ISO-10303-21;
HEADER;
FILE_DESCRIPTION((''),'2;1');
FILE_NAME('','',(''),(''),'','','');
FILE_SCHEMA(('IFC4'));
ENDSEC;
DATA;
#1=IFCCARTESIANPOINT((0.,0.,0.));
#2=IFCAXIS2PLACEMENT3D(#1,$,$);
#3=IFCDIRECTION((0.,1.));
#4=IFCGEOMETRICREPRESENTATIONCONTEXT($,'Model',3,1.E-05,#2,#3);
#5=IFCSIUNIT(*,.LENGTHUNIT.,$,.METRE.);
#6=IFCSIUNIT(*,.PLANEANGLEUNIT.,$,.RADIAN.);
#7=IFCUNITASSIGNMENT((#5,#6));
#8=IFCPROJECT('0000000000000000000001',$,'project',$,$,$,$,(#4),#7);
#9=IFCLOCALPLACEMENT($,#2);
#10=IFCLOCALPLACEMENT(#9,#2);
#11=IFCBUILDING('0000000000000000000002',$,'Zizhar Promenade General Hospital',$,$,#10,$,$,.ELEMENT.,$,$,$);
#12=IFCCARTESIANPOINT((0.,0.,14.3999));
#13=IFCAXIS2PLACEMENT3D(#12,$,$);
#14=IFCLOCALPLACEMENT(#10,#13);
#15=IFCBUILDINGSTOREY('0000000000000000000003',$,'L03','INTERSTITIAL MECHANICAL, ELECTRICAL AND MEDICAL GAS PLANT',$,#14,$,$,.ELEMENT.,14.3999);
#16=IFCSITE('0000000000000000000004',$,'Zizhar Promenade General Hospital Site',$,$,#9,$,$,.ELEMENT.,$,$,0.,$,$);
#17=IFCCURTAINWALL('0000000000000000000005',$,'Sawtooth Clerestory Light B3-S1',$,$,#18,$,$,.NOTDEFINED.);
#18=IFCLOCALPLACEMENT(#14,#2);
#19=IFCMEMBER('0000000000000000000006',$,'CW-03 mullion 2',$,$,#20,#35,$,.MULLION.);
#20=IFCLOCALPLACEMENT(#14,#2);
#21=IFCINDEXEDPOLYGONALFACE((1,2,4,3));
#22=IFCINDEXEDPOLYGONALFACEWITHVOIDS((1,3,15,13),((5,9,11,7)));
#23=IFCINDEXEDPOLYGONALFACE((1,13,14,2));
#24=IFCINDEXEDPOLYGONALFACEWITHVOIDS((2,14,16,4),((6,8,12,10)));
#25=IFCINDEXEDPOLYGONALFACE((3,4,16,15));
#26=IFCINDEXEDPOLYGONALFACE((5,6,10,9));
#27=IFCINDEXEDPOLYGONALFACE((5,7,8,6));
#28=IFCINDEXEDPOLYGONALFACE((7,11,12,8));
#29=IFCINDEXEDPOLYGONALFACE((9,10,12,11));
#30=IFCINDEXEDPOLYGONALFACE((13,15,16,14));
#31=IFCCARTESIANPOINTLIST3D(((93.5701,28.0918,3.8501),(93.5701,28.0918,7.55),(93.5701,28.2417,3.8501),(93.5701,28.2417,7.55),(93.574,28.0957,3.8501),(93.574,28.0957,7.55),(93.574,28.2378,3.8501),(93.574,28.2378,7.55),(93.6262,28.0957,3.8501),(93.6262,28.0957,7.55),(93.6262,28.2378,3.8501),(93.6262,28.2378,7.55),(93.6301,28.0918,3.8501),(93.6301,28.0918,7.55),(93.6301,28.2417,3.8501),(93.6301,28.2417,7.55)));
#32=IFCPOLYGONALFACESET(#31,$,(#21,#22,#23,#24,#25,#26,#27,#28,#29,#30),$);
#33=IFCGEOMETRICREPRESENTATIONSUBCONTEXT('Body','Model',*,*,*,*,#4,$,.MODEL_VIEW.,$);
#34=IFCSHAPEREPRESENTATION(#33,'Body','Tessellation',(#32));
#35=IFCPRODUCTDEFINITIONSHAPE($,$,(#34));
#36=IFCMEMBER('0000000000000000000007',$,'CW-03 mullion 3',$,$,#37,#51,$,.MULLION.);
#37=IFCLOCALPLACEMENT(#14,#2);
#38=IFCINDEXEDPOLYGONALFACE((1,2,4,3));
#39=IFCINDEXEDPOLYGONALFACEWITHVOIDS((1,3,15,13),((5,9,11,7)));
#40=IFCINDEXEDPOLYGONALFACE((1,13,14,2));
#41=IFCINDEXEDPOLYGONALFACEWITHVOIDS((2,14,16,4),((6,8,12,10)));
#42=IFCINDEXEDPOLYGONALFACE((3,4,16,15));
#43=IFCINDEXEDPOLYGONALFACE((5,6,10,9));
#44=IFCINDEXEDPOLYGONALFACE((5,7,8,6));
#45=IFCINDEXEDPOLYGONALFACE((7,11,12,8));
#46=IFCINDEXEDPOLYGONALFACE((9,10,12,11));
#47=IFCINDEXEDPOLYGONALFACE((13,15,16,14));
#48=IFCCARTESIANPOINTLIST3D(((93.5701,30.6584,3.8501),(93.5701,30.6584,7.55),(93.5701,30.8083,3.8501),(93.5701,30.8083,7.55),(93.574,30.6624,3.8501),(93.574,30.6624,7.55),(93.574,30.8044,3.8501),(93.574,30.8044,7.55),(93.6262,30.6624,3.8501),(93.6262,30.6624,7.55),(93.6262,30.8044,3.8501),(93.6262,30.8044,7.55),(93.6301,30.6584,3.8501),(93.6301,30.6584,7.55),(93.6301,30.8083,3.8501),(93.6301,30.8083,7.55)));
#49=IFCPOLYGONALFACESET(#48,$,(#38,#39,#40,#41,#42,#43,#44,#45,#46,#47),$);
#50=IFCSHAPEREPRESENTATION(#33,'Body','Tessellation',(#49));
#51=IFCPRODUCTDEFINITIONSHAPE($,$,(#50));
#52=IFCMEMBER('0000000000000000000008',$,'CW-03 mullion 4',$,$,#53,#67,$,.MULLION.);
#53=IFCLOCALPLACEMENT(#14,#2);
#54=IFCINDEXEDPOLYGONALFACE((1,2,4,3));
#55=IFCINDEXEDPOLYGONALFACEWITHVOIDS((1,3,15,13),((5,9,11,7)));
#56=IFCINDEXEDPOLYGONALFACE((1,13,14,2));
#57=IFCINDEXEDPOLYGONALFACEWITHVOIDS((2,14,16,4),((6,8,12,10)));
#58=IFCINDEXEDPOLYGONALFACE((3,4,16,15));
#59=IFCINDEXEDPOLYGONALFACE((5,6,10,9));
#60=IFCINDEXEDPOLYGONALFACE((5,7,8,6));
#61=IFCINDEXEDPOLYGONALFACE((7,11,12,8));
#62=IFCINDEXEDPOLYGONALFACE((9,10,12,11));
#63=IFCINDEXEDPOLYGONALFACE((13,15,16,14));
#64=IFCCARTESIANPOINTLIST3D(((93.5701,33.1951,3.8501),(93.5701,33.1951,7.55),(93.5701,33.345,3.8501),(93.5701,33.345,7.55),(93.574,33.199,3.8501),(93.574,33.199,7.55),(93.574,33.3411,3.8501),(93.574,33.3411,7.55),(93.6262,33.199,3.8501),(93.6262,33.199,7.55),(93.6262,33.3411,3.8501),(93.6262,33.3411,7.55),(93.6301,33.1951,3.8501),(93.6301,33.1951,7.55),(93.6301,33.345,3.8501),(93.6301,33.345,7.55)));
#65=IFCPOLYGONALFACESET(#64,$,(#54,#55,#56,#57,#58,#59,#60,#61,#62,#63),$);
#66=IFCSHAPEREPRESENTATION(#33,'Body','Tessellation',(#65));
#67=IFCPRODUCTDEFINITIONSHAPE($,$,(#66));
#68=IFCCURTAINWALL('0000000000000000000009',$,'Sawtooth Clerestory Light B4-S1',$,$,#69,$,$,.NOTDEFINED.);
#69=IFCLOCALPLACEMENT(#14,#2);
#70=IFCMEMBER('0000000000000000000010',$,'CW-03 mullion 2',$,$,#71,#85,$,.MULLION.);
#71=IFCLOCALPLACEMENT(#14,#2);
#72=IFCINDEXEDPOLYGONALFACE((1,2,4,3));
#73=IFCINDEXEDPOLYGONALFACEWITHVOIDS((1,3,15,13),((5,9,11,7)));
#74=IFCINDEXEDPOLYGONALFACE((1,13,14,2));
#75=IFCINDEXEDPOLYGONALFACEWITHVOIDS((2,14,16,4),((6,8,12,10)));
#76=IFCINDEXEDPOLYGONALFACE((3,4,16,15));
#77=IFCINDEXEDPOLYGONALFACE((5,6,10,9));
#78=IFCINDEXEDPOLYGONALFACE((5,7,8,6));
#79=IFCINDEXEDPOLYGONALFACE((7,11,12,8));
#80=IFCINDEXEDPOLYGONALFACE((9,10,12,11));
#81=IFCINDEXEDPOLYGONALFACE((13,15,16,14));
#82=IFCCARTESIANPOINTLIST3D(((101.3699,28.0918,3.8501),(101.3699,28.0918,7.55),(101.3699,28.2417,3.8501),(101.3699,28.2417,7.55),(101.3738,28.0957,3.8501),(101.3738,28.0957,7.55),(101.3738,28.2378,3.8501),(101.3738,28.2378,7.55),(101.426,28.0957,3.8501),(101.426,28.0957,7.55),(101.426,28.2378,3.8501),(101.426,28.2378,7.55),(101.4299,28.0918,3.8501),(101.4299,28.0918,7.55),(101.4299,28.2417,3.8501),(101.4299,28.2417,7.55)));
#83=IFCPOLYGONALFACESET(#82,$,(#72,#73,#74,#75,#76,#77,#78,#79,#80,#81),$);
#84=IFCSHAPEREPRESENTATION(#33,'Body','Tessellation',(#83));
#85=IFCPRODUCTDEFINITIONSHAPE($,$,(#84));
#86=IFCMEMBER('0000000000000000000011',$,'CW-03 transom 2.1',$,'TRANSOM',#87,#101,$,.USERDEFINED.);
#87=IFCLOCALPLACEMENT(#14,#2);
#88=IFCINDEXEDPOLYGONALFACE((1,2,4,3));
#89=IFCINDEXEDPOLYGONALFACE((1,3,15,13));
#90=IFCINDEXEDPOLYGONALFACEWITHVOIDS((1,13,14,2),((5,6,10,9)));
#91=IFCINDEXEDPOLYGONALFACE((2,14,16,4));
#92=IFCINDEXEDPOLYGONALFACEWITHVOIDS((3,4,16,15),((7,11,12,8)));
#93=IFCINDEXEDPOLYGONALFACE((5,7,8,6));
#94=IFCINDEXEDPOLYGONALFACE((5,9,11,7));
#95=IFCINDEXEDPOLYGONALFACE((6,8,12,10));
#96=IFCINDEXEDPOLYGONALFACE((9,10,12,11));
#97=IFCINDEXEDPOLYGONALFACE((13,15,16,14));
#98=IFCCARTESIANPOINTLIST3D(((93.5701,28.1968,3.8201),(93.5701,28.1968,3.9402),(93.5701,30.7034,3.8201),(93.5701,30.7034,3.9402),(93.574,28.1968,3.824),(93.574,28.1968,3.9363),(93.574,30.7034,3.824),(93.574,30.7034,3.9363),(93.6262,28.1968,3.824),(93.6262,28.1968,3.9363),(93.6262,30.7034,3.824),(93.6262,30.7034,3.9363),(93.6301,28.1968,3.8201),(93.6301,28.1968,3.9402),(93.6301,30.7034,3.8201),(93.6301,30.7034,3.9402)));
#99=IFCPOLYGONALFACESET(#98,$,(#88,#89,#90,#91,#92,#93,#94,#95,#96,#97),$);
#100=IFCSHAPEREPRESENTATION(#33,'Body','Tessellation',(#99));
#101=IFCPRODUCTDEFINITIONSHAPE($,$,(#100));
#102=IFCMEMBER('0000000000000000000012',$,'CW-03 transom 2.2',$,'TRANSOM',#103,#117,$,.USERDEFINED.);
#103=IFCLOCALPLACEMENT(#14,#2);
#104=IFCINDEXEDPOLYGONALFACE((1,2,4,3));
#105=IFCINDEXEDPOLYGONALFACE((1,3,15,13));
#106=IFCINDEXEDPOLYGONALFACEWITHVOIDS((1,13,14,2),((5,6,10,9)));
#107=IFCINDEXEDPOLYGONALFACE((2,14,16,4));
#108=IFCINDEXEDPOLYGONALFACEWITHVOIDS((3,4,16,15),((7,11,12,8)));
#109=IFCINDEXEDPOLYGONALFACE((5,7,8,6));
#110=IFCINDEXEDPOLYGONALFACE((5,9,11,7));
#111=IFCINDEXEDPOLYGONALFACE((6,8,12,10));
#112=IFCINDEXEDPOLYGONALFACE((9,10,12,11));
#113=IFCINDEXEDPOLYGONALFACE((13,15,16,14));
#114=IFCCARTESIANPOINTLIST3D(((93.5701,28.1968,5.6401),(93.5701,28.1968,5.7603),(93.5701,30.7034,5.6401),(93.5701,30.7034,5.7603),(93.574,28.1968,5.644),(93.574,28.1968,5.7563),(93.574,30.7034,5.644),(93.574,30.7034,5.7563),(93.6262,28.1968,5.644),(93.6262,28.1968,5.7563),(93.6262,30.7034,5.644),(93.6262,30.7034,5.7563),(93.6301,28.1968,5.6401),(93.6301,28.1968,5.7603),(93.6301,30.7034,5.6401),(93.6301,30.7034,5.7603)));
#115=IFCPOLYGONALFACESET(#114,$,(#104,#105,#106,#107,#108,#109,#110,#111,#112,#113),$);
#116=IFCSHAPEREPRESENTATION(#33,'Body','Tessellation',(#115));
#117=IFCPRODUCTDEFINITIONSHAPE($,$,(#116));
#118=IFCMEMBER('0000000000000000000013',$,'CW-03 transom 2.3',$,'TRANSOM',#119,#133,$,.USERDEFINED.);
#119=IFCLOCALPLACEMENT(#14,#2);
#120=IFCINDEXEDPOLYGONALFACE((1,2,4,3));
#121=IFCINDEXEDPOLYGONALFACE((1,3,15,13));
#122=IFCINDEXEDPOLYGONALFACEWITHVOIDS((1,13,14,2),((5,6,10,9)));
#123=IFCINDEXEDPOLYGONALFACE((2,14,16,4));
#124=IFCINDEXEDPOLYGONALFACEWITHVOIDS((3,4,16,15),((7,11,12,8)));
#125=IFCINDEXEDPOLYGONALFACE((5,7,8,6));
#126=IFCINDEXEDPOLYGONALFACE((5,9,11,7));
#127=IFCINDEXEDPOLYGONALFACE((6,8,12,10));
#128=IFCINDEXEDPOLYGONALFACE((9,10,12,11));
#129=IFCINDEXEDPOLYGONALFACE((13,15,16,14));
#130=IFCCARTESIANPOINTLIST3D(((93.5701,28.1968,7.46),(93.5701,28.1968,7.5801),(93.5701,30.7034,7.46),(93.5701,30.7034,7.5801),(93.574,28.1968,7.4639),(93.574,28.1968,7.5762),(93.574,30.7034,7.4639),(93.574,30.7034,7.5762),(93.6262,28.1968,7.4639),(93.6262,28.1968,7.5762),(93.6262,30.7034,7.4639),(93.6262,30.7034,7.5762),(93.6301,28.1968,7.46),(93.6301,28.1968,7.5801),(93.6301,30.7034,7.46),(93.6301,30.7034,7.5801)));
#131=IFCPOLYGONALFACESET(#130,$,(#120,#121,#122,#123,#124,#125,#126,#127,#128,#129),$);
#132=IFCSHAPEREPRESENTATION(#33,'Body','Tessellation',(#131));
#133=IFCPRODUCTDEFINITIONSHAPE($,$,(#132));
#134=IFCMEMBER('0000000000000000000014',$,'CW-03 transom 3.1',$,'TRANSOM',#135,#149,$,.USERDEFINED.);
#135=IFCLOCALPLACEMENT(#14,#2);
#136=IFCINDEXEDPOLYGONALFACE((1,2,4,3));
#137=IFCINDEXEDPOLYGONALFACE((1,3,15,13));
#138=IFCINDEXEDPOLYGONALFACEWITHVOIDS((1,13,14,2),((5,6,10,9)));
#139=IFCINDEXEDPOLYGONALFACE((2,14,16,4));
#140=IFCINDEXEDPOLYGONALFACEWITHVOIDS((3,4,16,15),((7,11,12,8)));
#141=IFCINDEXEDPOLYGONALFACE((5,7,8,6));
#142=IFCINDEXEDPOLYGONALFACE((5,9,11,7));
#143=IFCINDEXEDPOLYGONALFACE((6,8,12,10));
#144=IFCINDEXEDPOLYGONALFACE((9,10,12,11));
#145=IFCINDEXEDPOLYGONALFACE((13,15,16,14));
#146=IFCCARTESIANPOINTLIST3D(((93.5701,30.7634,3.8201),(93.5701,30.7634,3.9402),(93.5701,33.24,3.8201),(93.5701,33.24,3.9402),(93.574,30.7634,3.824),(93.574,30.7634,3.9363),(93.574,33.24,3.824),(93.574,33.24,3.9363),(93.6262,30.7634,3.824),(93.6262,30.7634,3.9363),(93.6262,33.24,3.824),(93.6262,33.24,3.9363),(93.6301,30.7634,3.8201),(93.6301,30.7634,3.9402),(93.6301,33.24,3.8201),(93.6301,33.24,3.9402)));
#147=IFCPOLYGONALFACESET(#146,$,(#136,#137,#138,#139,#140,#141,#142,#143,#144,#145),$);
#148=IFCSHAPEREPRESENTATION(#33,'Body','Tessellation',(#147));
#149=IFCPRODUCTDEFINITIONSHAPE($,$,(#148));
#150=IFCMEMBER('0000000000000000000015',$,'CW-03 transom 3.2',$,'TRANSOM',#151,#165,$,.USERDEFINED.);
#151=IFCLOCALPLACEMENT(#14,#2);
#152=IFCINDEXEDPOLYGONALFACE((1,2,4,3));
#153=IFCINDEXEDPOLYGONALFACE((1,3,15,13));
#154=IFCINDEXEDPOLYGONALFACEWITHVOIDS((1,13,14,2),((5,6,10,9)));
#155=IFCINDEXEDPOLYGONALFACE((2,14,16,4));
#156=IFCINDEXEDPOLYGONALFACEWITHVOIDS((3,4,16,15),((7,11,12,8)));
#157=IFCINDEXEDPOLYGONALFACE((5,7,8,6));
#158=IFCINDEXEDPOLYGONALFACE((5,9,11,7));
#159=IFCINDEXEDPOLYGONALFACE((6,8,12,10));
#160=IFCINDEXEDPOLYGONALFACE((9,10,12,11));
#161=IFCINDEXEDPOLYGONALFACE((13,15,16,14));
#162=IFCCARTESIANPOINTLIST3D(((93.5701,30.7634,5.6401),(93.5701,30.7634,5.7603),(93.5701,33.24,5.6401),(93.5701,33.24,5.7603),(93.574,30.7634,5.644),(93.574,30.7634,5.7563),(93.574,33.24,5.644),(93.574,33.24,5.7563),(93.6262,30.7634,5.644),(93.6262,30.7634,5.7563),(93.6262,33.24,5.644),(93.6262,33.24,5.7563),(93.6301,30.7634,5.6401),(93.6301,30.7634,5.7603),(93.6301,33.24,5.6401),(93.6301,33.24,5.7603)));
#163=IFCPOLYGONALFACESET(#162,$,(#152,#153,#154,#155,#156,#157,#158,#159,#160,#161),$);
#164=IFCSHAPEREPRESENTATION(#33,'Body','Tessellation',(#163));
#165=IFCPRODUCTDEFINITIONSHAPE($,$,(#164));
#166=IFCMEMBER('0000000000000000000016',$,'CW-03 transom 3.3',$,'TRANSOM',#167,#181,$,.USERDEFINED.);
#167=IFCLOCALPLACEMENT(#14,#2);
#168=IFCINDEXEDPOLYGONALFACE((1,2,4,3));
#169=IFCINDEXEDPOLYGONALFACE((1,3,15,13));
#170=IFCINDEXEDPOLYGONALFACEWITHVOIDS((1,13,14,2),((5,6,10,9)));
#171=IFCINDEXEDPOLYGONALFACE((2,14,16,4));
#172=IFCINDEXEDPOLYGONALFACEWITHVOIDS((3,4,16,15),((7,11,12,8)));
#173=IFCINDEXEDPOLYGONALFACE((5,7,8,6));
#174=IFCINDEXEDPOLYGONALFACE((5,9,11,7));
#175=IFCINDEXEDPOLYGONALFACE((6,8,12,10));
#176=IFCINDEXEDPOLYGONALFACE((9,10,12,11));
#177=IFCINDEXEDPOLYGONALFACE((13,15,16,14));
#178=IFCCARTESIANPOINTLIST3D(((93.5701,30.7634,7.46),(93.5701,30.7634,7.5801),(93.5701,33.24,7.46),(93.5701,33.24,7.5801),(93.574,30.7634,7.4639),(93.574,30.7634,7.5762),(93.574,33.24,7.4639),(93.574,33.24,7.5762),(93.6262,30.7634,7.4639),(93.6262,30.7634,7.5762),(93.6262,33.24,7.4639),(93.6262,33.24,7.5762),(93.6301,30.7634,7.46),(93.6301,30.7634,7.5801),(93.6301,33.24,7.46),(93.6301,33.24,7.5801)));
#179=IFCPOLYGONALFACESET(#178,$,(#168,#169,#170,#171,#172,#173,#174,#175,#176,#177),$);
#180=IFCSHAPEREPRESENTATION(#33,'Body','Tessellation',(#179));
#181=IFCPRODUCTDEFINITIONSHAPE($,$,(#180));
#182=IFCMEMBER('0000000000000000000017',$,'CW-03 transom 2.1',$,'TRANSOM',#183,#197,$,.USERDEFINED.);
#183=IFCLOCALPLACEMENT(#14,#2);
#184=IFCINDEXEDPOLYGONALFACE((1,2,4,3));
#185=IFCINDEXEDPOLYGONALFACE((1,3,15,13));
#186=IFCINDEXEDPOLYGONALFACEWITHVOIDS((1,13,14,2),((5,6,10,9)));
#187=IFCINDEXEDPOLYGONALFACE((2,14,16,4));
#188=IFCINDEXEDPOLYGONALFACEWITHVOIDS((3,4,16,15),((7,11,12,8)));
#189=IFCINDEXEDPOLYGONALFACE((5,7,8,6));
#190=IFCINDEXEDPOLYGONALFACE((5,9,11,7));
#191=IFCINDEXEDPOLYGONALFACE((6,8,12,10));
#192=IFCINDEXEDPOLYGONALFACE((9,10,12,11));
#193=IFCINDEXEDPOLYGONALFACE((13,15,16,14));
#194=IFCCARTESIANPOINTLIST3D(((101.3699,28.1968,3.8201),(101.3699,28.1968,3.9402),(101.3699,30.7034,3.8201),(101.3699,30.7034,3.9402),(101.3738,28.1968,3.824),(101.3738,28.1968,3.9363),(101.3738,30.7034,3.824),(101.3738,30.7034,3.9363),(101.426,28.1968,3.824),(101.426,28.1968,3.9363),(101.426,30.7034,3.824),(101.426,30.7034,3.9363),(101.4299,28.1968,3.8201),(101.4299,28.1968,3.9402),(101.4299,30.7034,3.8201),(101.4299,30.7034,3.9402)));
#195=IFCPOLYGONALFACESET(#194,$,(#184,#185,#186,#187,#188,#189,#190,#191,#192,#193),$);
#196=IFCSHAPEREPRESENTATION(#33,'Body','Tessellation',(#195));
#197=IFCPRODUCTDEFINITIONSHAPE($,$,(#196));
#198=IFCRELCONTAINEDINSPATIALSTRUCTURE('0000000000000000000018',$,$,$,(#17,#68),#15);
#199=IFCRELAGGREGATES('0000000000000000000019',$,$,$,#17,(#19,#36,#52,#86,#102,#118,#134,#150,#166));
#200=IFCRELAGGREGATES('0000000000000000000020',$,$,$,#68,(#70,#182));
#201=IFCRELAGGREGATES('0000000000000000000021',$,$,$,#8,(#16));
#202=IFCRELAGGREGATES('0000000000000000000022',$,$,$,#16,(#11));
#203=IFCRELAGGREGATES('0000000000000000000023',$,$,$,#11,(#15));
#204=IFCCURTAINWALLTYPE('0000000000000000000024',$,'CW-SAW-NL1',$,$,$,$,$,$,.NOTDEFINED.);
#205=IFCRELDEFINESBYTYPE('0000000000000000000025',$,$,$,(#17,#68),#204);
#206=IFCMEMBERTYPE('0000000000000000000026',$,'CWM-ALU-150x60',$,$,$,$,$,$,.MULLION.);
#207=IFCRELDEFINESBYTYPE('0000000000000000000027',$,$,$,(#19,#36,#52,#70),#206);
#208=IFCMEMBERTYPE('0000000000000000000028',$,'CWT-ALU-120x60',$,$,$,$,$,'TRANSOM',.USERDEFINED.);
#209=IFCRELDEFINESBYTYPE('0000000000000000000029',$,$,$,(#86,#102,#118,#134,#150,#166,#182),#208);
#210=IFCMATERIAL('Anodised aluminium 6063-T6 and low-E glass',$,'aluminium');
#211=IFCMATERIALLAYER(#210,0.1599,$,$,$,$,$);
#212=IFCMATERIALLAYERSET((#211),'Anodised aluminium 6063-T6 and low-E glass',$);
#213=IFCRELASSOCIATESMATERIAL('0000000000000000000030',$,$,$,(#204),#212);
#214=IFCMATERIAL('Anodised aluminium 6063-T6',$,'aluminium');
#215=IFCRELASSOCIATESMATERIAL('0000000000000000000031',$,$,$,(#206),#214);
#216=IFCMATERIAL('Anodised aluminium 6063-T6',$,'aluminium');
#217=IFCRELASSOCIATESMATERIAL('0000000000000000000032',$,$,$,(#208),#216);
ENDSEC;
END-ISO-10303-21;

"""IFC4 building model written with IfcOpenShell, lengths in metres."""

from ifc_helpers import new_model, si_unit, direction, frame, origin, origin_2d, place, context, subcontext, project, spatial, hollow_rectangle, extrude, material, layer, layer_set, material_profile, profile_set, type_object, element, aggregate, save


model = new_model("IFC4")

# Units and contexts
model_context = context("Model", 3, precision=1e-05, world=origin(), true_north=direction((0.0, 1.0)))
body_context = subcontext(model_context, "Body", "Model", "MODEL_VIEW")
ifc_project = project(units=[si_unit("LENGTHUNIT", "METRE"), si_unit("PLANEANGLEUNIT", "RADIAN")], contexts=[model_context])

# Site, building, storey
site_placement = place(None, origin())
site = spatial("IfcSite", under=ifc_project, at=site_placement, Name="Zizhar Promenade General Hospital Site", CompositionType="ELEMENT", RefElevation=0.0)
building_placement = place(site_placement, origin())
building = spatial("IfcBuilding", under=site, at=building_placement, Name="Zizhar Promenade General Hospital", CompositionType="ELEMENT")
storey_placement = place(building_placement, frame((0.0, 0.0, 14.3999)))
storey = spatial("IfcBuildingStorey", under=building, at=storey_placement, Name="L03", Description="INTERSTITIAL MECHANICAL, ELECTRICAL AND MEDICAL GAS PLANT", CompositionType="ELEMENT", Elevation=14.3999)

# Curtain wall, members
ifc_material_1 = material(Name="Anodised aluminium 6063-T6 and low-E glass", Category="aluminium")
ifc_layer_1 = layer(ifc_material_1, 0.1599)
ifc_layer_set_1 = layer_set([ifc_layer_1], Name="Anodised aluminium 6063-T6 and low-E glass")
curtain_wall_type = type_object("IfcCurtainWallType", Name="CW-SAW-NL1", PredefinedType="NOTDEFINED", material=ifc_layer_set_1)
curtain_wall_1_placement = place(storey_placement, origin())
curtain_wall_1 = element("IfcCurtainWall", 1, at=curtain_wall_1_placement, inside=storey, type_object=curtain_wall_type, Name="Sawtooth Clerestory Light B3-S1", PredefinedType="NOTDEFINED")
ifc_material_2 = material(Name="Anodised aluminium 6063-T6", Category="aluminium")
ifc_material_profile_1 = material_profile(ifc_material_2, hollow_rectangle(XDim=0.0601, YDim=0.1499, WallThickness=0.0039, at=origin_2d()))
ifc_profile_set_1 = profile_set([ifc_material_profile_1], Name="Anodised aluminium 6063-T6")
member_type_1 = type_object("IfcMemberType", Name="CWM-ALU-150x60", PredefinedType="MULLION", material=ifc_profile_set_1)
member_1_placement = place(storey_placement, frame((93.6001, 28.1667, 3.8501), z_axis=(0.0, 0.0, 1.0), x_axis=(-1.0, 0.0, 0.0)))
member_1 = element("IfcMember", 2, at=member_1_placement, type_object=member_type_1, Name="CW-03 mullion 2", PredefinedType="MULLION", context=body_context, shape_type="SweptSolid", body=[
    extrude(hollow_rectangle(XDim=0.0601, YDim=0.1499, WallThickness=0.0039, at=origin_2d()), origin(), (0.0, 0.0, 1.0), 3.7),
])
member_2_placement = place(storey_placement, frame((93.6001, 30.7334, 3.8501), z_axis=(0.0, 0.0, 1.0), x_axis=(-1.0, 0.0, 0.0)))
member_2 = element("IfcMember", 3, at=member_2_placement, type_object=member_type_1, Name="CW-03 mullion 3", PredefinedType="MULLION", context=body_context, shape_type="SweptSolid", body=[
    extrude(hollow_rectangle(XDim=0.0601, YDim=0.1499, WallThickness=0.0039, at=origin_2d()), origin(), (0.0, 0.0, 1.0), 3.7),
])
member_3_placement = place(storey_placement, frame((93.6001, 33.27, 3.8501), z_axis=(0.0, 0.0, 1.0), x_axis=(-1.0, 0.0, 0.0)))
member_3 = element("IfcMember", 4, at=member_3_placement, type_object=member_type_1, Name="CW-03 mullion 4", PredefinedType="MULLION", context=body_context, shape_type="SweptSolid", body=[
    extrude(hollow_rectangle(XDim=0.0601, YDim=0.1499, WallThickness=0.0039, at=origin_2d()), origin(), (0.0, 0.0, 1.0), 3.7),
])

# Curtain wall, member
curtain_wall_2_placement = place(storey_placement, origin())
curtain_wall_2 = element("IfcCurtainWall", 5, at=curtain_wall_2_placement, inside=storey, type_object=curtain_wall_type, Name="Sawtooth Clerestory Light B4-S1", PredefinedType="NOTDEFINED")
member_4_placement = place(storey_placement, frame((101.3999, 28.1667, 3.8501), z_axis=(0.0, 0.0, 1.0), x_axis=(-1.0, 0.0, 0.0)))
member_4 = element("IfcMember", 6, at=member_4_placement, type_object=member_type_1, Name="CW-03 mullion 2", PredefinedType="MULLION", context=body_context, shape_type="SweptSolid", body=[
    extrude(hollow_rectangle(XDim=0.0601, YDim=0.1499, WallThickness=0.0039, at=origin_2d()), origin(), (0.0, 0.0, 1.0), 3.7),
])

# Members
ifc_material_3 = material(Name="Anodised aluminium 6063-T6", Category="aluminium")
ifc_material_profile_2 = material_profile(ifc_material_3, hollow_rectangle(XDim=0.0601, YDim=0.1201, WallThickness=0.0039, at=origin_2d()))
ifc_profile_set_2 = profile_set([ifc_material_profile_2], Name="Anodised aluminium 6063-T6")
member_type_2 = type_object("IfcMemberType", Name="CWT-ALU-120x60", ElementType="TRANSOM", PredefinedType="USERDEFINED", material=ifc_profile_set_2)
member_5_placement = place(storey_placement, frame((93.6001, 28.1968, 3.8801), z_axis=(0.0, 1.0, 0.0), x_axis=(-1.0, 0.0, 0.0)))
member_5 = element("IfcMember", 7, at=member_5_placement, type_object=member_type_2, Name="CW-03 transom 2.1", ObjectType="TRANSOM", PredefinedType="USERDEFINED", context=body_context, shape_type="SweptSolid", body=[
    extrude(hollow_rectangle(XDim=0.0601, YDim=0.1201, WallThickness=0.0039, at=origin_2d()), origin(), (0.0, 0.0, 1.0), 2.5066),
])
member_6_placement = place(storey_placement, frame((93.6001, 28.1968, 5.7002), z_axis=(0.0, 1.0, 0.0), x_axis=(-1.0, 0.0, 0.0)))
member_6 = element("IfcMember", 8, at=member_6_placement, type_object=member_type_2, Name="CW-03 transom 2.2", ObjectType="TRANSOM", PredefinedType="USERDEFINED", context=body_context, shape_type="SweptSolid", body=[
    extrude(hollow_rectangle(XDim=0.0601, YDim=0.1201, WallThickness=0.0039, at=origin_2d()), origin(), (0.0, 0.0, 1.0), 2.5066),
])
member_7_placement = place(storey_placement, frame((93.6001, 28.1968, 7.52), z_axis=(0.0, 1.0, 0.0), x_axis=(-1.0, 0.0, 0.0)))
member_7 = element("IfcMember", 9, at=member_7_placement, type_object=member_type_2, Name="CW-03 transom 2.3", ObjectType="TRANSOM", PredefinedType="USERDEFINED", context=body_context, shape_type="SweptSolid", body=[
    extrude(hollow_rectangle(XDim=0.0601, YDim=0.1201, WallThickness=0.0039, at=origin_2d()), origin(), (0.0, 0.0, 1.0), 2.5066),
])
member_8_placement = place(storey_placement, frame((93.6001, 30.7634, 3.8801), z_axis=(0.0, 1.0, 0.0), x_axis=(-1.0, 0.0, 0.0)))
member_8 = element("IfcMember", 10, at=member_8_placement, type_object=member_type_2, Name="CW-03 transom 3.1", ObjectType="TRANSOM", PredefinedType="USERDEFINED", context=body_context, shape_type="SweptSolid", body=[
    extrude(hollow_rectangle(XDim=0.0601, YDim=0.1201, WallThickness=0.0039, at=origin_2d()), origin(), (0.0, 0.0, 1.0), 2.4766),
])
member_9_placement = place(storey_placement, frame((93.6001, 30.7634, 5.7002), z_axis=(0.0, 1.0, 0.0), x_axis=(-1.0, 0.0, 0.0)))
member_9 = element("IfcMember", 11, at=member_9_placement, type_object=member_type_2, Name="CW-03 transom 3.2", ObjectType="TRANSOM", PredefinedType="USERDEFINED", context=body_context, shape_type="SweptSolid", body=[
    extrude(hollow_rectangle(XDim=0.0601, YDim=0.1201, WallThickness=0.0039, at=origin_2d()), origin(), (0.0, 0.0, 1.0), 2.4766),
])
member_10_placement = place(storey_placement, frame((93.6001, 30.7634, 7.52), z_axis=(0.0, 1.0, 0.0), x_axis=(-1.0, 0.0, 0.0)))
member_10 = element("IfcMember", 12, at=member_10_placement, type_object=member_type_2, Name="CW-03 transom 3.3", ObjectType="TRANSOM", PredefinedType="USERDEFINED", context=body_context, shape_type="SweptSolid", body=[
    extrude(hollow_rectangle(XDim=0.0601, YDim=0.1201, WallThickness=0.0039, at=origin_2d()), origin(), (0.0, 0.0, 1.0), 2.4766),
])
member_11_placement = place(storey_placement, frame((101.3999, 28.1968, 3.8801), z_axis=(0.0, 1.0, 0.0), x_axis=(-1.0, 0.0, 0.0)))
member_11 = element("IfcMember", 13, at=member_11_placement, type_object=member_type_2, Name="CW-03 transom 2.1", ObjectType="TRANSOM", PredefinedType="USERDEFINED", context=body_context, shape_type="SweptSolid", body=[
    extrude(hollow_rectangle(XDim=0.0601, YDim=0.1201, WallThickness=0.0039, at=origin_2d()), origin(), (0.0, 0.0, 1.0), 2.5066),
])

aggregate(curtain_wall_1, [member_1, member_2, member_3, member_5, member_6, member_7, member_8, member_9, member_10])
aggregate(curtain_wall_2, [member_4, member_11])

save(model, "model.ifc")
